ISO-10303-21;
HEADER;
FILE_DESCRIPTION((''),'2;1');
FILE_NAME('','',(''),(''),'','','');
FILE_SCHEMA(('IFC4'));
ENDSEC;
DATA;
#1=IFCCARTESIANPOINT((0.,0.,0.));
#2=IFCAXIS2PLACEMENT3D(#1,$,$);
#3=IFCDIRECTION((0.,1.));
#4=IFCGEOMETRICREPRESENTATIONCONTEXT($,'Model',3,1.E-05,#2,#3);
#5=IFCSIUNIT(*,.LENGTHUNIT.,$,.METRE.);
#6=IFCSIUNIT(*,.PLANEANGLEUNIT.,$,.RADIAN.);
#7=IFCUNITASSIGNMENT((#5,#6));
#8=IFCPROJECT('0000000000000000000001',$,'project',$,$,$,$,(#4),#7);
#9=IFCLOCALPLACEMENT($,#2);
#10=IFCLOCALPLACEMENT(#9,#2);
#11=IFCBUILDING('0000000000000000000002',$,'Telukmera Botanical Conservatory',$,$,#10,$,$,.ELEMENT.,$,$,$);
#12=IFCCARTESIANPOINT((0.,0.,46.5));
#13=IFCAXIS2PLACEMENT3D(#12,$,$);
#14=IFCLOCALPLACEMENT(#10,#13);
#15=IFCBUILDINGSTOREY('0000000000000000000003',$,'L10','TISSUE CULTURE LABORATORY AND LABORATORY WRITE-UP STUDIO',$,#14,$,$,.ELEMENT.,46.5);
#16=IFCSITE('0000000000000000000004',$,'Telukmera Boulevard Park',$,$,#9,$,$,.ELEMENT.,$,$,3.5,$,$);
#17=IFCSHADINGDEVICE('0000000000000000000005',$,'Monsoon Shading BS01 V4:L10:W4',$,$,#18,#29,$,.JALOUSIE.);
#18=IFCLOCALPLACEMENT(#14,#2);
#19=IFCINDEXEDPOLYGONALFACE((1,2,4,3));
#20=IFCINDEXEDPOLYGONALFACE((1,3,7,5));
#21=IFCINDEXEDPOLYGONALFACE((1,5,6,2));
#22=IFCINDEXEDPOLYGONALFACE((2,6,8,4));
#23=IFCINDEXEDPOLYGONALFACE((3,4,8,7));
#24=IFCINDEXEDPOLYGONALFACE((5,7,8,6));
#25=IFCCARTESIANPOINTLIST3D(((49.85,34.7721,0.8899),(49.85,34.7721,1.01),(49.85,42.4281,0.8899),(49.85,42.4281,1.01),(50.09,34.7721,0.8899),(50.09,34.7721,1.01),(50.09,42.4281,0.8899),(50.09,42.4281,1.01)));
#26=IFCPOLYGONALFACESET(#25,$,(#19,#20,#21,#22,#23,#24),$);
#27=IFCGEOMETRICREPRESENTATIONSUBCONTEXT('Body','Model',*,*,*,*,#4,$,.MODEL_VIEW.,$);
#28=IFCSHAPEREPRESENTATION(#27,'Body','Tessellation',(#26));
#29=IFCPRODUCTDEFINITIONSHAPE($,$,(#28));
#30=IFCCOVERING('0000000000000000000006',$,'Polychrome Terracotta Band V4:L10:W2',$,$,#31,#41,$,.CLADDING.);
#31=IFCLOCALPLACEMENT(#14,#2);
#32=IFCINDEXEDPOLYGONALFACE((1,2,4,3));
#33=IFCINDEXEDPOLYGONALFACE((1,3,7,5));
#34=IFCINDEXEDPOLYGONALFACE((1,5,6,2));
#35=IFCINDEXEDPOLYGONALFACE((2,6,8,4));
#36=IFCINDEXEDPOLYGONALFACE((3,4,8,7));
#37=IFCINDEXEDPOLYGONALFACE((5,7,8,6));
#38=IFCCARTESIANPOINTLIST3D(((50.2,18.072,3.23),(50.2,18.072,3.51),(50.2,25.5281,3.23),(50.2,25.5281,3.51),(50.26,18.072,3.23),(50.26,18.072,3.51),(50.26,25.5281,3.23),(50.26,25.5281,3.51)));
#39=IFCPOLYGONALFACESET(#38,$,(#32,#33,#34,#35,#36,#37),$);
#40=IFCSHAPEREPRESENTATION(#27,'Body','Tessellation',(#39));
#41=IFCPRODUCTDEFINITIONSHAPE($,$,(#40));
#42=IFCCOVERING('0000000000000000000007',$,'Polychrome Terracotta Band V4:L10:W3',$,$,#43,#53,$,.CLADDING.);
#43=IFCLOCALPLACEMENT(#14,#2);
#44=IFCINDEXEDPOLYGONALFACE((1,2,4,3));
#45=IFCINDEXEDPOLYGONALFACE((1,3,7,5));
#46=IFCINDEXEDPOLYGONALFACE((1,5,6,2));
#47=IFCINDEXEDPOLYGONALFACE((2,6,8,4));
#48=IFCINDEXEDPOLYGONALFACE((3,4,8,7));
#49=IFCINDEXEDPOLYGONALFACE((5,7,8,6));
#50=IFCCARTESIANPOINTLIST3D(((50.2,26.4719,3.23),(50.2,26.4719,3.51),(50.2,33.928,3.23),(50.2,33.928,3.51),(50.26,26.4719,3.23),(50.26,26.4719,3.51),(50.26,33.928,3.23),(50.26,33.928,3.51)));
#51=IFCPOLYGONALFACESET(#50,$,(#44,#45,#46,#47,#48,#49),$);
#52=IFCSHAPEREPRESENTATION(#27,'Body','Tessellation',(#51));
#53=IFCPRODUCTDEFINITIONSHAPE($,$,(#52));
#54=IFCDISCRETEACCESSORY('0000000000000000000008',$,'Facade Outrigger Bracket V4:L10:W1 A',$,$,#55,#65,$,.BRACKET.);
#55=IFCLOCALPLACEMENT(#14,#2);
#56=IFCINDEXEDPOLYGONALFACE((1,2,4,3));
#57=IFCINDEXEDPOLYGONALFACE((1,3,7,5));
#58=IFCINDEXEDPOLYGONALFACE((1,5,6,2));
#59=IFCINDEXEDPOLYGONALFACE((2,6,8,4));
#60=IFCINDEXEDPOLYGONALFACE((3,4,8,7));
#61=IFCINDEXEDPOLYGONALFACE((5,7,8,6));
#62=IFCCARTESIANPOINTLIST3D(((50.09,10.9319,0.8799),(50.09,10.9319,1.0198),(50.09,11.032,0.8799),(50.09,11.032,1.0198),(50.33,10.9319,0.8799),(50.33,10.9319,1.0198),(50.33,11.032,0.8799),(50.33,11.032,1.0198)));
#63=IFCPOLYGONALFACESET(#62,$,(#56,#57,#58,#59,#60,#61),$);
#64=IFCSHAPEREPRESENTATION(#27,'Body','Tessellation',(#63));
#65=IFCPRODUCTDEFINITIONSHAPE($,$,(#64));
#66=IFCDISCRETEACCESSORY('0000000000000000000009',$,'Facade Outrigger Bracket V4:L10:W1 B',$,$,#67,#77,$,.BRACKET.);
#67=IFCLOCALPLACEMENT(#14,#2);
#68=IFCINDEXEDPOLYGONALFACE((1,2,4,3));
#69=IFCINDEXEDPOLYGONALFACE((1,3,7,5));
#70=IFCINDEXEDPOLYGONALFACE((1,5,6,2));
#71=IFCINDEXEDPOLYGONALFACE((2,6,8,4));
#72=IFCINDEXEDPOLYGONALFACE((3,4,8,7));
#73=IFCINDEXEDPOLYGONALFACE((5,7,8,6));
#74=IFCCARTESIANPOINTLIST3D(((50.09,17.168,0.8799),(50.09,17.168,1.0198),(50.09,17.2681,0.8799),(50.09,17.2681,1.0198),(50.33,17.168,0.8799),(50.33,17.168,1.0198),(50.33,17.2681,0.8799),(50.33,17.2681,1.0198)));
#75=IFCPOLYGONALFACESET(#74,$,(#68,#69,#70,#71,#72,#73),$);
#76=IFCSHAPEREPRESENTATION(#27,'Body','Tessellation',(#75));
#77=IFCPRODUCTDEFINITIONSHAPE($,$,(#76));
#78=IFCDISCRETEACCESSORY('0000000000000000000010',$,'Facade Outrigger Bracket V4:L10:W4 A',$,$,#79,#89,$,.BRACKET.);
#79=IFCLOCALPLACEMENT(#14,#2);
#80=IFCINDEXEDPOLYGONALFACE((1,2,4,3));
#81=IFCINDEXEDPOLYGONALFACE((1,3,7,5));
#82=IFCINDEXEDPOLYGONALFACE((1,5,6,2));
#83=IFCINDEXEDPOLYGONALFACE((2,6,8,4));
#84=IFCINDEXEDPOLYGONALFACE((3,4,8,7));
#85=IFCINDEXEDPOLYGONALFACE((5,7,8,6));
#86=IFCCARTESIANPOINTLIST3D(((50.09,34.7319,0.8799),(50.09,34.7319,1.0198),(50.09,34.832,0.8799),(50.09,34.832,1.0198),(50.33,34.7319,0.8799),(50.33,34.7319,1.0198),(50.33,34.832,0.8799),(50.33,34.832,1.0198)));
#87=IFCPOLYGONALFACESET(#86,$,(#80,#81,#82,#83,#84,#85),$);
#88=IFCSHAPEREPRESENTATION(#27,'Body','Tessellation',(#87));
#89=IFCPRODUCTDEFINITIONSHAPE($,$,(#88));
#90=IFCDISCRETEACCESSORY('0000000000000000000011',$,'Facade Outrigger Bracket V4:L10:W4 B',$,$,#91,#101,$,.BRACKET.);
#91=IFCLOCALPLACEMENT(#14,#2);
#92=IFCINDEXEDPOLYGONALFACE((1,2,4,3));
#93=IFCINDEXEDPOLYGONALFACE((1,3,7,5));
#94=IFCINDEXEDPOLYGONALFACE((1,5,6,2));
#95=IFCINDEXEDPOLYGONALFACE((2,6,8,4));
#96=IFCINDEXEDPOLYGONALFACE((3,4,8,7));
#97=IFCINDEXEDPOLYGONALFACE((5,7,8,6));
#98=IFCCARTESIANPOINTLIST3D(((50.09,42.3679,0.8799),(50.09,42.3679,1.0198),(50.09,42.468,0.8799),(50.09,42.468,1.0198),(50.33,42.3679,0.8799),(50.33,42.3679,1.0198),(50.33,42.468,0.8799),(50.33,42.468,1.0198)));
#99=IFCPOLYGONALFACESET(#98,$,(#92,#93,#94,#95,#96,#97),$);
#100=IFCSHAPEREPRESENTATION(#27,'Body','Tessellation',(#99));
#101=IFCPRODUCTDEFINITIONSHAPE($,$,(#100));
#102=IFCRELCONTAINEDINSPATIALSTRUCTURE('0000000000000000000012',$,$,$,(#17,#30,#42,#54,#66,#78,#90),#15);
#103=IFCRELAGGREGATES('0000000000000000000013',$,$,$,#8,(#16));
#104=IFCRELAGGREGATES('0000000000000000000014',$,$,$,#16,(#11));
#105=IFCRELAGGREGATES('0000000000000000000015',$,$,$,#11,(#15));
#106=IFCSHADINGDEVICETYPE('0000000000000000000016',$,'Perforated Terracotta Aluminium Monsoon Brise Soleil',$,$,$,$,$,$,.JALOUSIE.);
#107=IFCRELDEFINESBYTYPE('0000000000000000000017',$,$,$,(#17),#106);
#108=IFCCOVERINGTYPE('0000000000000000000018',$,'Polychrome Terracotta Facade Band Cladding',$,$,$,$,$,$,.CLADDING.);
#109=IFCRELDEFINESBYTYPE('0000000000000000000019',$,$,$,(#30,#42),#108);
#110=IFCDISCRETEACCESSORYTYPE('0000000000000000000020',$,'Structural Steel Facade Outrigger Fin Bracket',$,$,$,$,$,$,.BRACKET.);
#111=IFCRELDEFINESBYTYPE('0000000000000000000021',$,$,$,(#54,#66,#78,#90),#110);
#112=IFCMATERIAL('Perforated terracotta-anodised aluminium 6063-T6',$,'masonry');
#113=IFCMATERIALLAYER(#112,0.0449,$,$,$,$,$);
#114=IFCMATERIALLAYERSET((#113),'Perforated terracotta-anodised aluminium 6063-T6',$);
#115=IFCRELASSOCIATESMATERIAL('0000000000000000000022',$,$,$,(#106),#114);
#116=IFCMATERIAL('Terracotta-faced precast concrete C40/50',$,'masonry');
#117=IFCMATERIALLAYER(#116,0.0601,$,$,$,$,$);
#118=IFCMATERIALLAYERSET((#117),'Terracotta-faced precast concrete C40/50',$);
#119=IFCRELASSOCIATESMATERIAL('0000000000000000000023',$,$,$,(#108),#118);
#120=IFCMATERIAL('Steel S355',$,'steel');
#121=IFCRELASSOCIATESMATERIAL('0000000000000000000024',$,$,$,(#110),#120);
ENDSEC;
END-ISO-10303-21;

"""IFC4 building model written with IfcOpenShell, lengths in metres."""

from ifc_helpers import new_model, si_unit, direction, frame, origin, origin_2d, place, context, subcontext, project, spatial, rectangle, extrude, material, layer, layer_set, type_object, element, save


model = new_model("IFC4")

# Units and contexts
model_context = context("Model", 3, precision=1e-05, world=origin(), true_north=direction((0.0, 1.0)))
body_context = subcontext(model_context, "Body", "Model", "MODEL_VIEW")
ifc_project = project(units=[si_unit("LENGTHUNIT", "METRE"), si_unit("PLANEANGLEUNIT", "RADIAN")], contexts=[model_context])

# Site, building, storey
site_placement = place(None, origin())
site = spatial("IfcSite", under=ifc_project, at=site_placement, Name="Telukmera Boulevard Park", CompositionType="ELEMENT", RefElevation=3.5)
building_placement = place(site_placement, origin())
building = spatial("IfcBuilding", under=site, at=building_placement, Name="Telukmera Botanical Conservatory", CompositionType="ELEMENT")
storey_placement = place(building_placement, frame((0.0, 0.0, 46.5)))
storey = spatial("IfcBuildingStorey", under=building, at=storey_placement, Name="L10", Description="TISSUE CULTURE LABORATORY AND LABORATORY WRITE-UP STUDIO", CompositionType="ELEMENT", Elevation=46.5)

# Shading device
ifc_material_1 = material(Name="Perforated terracotta-anodised aluminium 6063-T6", Category="masonry")
ifc_layer_1 = layer(ifc_material_1, 0.0449)
ifc_layer_set_1 = layer_set([ifc_layer_1], Name="Perforated terracotta-anodised aluminium 6063-T6")
shading_device_type = type_object("IfcShadingDeviceType", Name="Perforated Terracotta Aluminium Monsoon Brise Soleil", PredefinedType="JALOUSIE", material=ifc_layer_set_1)
shading_device_1_placement = place(storey_placement, frame((49.97, 38.6001, 0.8899), z_axis=(0.0, 0.0, 1.0), x_axis=(0.0, 1.0, 0.0)))
element("IfcShadingDevice", 1, at=shading_device_1_placement, inside=storey, type_object=shading_device_type, Name="Monsoon Shading BS01 V4:L10:W4", PredefinedType="JALOUSIE", context=body_context, shape_type="SweptSolid", body=[
    extrude(rectangle(XDim=7.656, YDim=0.24, at=origin_2d()), origin(), (0.0, 0.0, 1.0), 0.1201),
])

# Coverings
ifc_material_2 = material(Name="Terracotta-faced precast concrete C40/50", Category="masonry")
ifc_layer_2 = layer(ifc_material_2, 0.0601)
ifc_layer_set_2 = layer_set([ifc_layer_2], Name="Terracotta-faced precast concrete C40/50")
covering_type_1 = type_object("IfcCoveringType", Name="Polychrome Terracotta Facade Band Cladding", PredefinedType="CLADDING", material=ifc_layer_set_2)
for number, where, z_axis, x_axis, name in (
    (2, (50.23, 21.8, 3.23), (0.0, 0.0, 1.0), (0.0, 1.0, 0.0), "Polychrome Terracotta Band V4:L10:W2"),
    (3, (50.23, 30.2, 3.23), (0.0, 0.0, 1.0), (0.0, 1.0, 0.0), "Polychrome Terracotta Band V4:L10:W3"),
):
    element("IfcCovering", number, at=place(storey_placement, frame(where, z_axis=z_axis, x_axis=x_axis)), inside=storey, type_object=covering_type_1, Name=name, PredefinedType="CLADDING", context=body_context, shape_type="SweptSolid", body=[
        extrude(rectangle(XDim=7.4561, YDim=0.0601, at=origin_2d()), origin(), (0.0, 0.0, 1.0), 0.28),
    ])

# Discrete accessories
ifc_material_3 = material(Name="Steel S355", Category="steel")
discrete_accessory_type = type_object("IfcDiscreteAccessoryType", Name="Structural Steel Facade Outrigger Fin Bracket", PredefinedType="BRACKET", material=ifc_material_3)
for number, where, z_axis, x_axis, name in (
    (4, (50.21, 10.9819, 0.8799), (0.0, 0.0, 1.0), (0.0, 1.0, 0.0), "Facade Outrigger Bracket V4:L10:W1 A"),
    (5, (50.21, 17.218, 0.8799), (0.0, 0.0, 1.0), (0.0, 1.0, 0.0), "Facade Outrigger Bracket V4:L10:W1 B"),
    (6, (50.21, 34.782, 0.8799), (0.0, 0.0, 1.0), (0.0, 1.0, 0.0), "Facade Outrigger Bracket V4:L10:W4 A"),
    (7, (50.21, 42.418, 0.8799), (0.0, 0.0, 1.0), (0.0, 1.0, 0.0), "Facade Outrigger Bracket V4:L10:W4 B"),
):
    element("IfcDiscreteAccessory", number, at=place(storey_placement, frame(where, z_axis=z_axis, x_axis=x_axis)), inside=storey, type_object=discrete_accessory_type, Name=name, PredefinedType="BRACKET", context=body_context, shape_type="SweptSolid", body=[
        extrude(rectangle(XDim=0.1001, YDim=0.24, at=origin_2d()), origin(), (0.0, 0.0, 1.0), 0.1399),
    ])

save(model, "model.ifc")
